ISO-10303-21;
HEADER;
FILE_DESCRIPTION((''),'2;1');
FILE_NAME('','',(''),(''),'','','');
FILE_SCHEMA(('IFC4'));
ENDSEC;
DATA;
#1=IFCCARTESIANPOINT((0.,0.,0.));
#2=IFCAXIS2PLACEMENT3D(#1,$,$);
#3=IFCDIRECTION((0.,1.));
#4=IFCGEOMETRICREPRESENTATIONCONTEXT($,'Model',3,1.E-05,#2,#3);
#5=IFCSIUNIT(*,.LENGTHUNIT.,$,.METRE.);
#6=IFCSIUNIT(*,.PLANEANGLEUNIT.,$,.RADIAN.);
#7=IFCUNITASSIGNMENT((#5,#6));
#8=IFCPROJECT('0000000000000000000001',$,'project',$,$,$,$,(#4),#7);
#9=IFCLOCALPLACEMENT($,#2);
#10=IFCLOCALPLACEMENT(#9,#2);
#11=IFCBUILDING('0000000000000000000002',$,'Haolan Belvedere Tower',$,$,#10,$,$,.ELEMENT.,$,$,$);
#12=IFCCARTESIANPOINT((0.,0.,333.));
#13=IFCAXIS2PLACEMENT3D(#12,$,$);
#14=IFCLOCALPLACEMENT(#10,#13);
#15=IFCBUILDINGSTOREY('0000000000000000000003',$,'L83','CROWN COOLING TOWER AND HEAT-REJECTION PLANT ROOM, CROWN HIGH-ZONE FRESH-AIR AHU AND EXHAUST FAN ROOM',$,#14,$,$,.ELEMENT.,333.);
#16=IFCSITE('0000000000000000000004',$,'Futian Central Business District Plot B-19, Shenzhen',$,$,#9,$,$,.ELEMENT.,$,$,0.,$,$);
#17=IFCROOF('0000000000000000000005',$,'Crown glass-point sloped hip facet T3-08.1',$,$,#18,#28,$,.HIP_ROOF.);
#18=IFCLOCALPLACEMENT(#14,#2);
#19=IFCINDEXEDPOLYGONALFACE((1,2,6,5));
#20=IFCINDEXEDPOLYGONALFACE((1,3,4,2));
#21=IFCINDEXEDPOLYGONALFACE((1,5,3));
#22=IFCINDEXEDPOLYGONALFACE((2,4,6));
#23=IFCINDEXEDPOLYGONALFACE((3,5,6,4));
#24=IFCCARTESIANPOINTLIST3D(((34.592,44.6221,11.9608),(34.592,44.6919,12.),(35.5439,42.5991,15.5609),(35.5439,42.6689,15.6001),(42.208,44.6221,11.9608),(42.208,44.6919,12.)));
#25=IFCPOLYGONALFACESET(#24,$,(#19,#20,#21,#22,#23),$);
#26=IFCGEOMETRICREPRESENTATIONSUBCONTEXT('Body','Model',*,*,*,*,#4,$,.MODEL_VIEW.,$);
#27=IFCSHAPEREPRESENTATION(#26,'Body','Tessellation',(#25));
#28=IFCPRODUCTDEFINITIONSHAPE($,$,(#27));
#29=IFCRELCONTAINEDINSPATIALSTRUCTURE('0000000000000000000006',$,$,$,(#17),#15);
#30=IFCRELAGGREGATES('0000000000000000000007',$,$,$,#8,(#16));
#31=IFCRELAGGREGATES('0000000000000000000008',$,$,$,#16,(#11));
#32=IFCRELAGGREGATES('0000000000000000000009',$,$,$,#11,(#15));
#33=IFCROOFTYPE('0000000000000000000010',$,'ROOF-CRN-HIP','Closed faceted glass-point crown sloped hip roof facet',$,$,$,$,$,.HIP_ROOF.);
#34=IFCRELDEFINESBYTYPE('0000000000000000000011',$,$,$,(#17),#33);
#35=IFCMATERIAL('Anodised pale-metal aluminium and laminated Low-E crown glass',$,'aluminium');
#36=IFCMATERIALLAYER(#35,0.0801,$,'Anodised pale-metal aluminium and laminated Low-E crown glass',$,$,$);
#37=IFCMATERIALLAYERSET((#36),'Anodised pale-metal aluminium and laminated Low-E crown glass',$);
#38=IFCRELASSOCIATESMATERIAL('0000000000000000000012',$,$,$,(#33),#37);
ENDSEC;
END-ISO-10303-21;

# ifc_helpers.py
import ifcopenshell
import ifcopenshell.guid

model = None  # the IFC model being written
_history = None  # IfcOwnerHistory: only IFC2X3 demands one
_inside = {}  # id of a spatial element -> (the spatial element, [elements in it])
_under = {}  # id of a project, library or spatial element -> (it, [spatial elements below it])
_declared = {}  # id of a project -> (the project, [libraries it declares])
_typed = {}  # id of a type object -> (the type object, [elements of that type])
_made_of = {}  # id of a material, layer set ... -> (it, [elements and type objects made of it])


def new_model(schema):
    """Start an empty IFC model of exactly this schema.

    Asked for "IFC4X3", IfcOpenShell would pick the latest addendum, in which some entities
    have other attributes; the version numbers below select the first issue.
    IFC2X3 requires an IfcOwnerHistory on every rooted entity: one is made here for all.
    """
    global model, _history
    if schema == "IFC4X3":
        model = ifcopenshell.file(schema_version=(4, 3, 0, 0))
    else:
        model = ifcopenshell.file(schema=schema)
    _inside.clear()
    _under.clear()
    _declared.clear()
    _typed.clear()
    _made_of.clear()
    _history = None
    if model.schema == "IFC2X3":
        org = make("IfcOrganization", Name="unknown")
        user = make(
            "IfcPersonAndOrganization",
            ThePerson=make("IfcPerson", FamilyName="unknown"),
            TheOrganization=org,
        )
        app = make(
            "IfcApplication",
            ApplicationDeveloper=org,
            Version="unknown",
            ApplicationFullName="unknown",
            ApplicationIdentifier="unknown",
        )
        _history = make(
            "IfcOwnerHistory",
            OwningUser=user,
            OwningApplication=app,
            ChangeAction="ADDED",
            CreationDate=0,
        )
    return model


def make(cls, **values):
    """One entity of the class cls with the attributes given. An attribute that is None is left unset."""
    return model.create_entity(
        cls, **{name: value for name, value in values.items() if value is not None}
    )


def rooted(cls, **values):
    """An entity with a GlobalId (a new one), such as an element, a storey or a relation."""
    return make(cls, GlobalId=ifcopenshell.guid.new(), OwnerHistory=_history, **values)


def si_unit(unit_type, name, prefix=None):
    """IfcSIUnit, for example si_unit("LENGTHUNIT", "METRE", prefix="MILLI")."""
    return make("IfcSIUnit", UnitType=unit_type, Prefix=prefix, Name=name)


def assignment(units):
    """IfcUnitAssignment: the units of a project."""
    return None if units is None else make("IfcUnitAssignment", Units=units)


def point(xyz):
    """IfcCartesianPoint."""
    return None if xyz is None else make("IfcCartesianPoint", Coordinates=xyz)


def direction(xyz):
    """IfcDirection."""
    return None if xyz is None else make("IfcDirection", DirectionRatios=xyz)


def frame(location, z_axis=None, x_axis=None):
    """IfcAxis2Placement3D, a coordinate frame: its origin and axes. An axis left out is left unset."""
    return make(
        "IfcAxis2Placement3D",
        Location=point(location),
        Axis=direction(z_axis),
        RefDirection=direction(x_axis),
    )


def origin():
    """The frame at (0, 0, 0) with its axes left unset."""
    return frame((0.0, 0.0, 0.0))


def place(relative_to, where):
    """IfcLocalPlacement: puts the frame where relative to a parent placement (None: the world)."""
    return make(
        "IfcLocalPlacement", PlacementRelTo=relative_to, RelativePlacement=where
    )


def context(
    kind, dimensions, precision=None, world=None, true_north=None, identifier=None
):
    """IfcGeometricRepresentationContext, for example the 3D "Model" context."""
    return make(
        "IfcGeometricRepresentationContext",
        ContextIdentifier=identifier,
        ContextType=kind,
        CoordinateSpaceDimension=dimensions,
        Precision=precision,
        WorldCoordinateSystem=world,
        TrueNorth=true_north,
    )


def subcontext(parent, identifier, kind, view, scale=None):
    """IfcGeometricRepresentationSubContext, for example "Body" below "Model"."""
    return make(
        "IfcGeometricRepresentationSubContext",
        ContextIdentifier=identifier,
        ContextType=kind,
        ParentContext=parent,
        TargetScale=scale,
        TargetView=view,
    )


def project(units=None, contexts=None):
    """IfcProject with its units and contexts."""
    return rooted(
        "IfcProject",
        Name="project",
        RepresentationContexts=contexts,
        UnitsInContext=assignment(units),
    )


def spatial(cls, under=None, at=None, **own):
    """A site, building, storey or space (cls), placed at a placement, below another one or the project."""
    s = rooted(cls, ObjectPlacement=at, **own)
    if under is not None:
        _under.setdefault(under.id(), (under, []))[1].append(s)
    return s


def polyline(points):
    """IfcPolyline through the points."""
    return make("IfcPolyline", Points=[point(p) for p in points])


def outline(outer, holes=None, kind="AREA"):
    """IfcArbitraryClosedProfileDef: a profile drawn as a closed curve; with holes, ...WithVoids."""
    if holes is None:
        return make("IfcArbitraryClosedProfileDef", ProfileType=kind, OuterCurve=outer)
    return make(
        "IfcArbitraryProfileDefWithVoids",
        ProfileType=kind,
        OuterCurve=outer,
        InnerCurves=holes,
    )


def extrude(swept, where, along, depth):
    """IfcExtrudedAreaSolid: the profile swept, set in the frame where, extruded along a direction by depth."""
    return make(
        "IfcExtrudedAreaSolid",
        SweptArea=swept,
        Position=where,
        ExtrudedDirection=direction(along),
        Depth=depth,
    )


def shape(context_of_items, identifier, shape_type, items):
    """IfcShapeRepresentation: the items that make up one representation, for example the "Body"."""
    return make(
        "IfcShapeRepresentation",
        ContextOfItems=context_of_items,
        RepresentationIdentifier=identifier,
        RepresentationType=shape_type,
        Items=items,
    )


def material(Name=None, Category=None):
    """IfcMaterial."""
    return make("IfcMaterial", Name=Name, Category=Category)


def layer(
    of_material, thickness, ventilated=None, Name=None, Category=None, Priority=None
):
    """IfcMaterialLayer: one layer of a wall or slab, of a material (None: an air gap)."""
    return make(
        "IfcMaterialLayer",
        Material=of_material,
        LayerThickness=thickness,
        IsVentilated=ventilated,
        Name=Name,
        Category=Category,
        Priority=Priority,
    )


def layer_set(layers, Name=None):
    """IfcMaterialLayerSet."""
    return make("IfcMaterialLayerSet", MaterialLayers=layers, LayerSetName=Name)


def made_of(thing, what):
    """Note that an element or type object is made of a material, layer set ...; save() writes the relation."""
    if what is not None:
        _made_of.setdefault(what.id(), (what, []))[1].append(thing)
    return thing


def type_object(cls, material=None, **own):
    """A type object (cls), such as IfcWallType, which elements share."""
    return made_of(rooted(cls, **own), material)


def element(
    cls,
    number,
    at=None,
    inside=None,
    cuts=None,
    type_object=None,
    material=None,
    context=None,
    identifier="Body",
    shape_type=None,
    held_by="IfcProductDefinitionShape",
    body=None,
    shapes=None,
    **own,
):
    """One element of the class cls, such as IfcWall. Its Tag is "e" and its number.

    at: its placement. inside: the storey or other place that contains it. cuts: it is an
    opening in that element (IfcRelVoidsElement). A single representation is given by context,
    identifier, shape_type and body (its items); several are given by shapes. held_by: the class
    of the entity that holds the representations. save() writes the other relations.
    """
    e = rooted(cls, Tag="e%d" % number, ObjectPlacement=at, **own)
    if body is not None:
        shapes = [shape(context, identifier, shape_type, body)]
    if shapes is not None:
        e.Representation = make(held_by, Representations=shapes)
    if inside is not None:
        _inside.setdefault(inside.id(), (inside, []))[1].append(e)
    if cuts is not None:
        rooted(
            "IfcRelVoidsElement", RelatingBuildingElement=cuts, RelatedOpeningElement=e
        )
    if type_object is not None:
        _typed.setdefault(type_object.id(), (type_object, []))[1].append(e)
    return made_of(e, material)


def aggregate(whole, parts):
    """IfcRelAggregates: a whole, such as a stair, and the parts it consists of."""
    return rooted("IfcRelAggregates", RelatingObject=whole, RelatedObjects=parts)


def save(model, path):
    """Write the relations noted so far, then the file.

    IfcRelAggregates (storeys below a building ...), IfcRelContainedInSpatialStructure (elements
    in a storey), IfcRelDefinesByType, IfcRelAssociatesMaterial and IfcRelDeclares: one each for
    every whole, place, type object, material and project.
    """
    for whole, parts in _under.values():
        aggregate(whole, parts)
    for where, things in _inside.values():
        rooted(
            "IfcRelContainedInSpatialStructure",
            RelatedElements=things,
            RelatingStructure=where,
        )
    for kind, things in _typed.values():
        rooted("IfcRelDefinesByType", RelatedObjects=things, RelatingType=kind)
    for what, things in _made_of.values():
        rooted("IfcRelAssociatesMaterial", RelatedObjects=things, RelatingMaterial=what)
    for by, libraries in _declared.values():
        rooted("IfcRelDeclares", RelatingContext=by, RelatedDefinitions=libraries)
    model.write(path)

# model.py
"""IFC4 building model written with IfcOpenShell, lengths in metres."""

from ifc_helpers import new_model, si_unit, direction, frame, origin, place, context, subcontext, project, spatial, polyline, outline, extrude, material, layer, layer_set, type_object, element, save


model = new_model("IFC4")

# Units and contexts
model_context = context("Model", 3, precision=1e-05, world=origin(), true_north=direction((0.0, 1.0)))
body_context = subcontext(model_context, "Body", "Model", "MODEL_VIEW")
ifc_project = project(units=[si_unit("LENGTHUNIT", "METRE"), si_unit("PLANEANGLEUNIT", "RADIAN")], contexts=[model_context])

# Site, building, storey
site_placement = place(None, origin())
site = spatial("IfcSite", under=ifc_project, at=site_placement, Name="Futian Central Business District Plot B-19, Shenzhen", CompositionType="ELEMENT", RefElevation=0.0)
building_placement = place(site_placement, origin())
building = spatial("IfcBuilding", under=site, at=building_placement, Name="Haolan Belvedere Tower", CompositionType="ELEMENT")
storey_placement = place(building_placement, frame((0.0, 0.0, 333.0)))
storey = spatial("IfcBuildingStorey", under=building, at=storey_placement, Name="L83", Description="CROWN COOLING TOWER AND HEAT-REJECTION PLANT ROOM, CROWN HIGH-ZONE FRESH-AIR AHU AND EXHAUST FAN ROOM", CompositionType="ELEMENT", Elevation=333.0)

# Roof
ifc_material_1 = material(Name="Anodised pale-metal aluminium and laminated Low-E crown glass", Category="aluminium")
ifc_layer_1 = layer(ifc_material_1, 0.0801, Name="Anodised pale-metal aluminium and laminated Low-E crown glass")
ifc_layer_set_1 = layer_set([ifc_layer_1], Name="Anodised pale-metal aluminium and laminated Low-E crown glass")
roof_type_1 = type_object("IfcRoofType", Name="ROOF-CRN-HIP", Description="Closed faceted glass-point crown sloped hip roof facet", PredefinedType="HIP_ROOF", material=ifc_layer_set_1)
roof_1_placement = place(storey_placement, frame((42.208, 44.6919, 12.0), z_axis=(0.0, 0.871793, 0.489874), x_axis=(-1.0, 0.0, 0.0)))
element("IfcRoof", 1, at=roof_1_placement, inside=storey, type_object=roof_type_1, Name="Crown glass-point sloped hip facet T3-08.1", PredefinedType="HIP_ROOF", context=body_context, shape_type="SweptSolid", body=[
    extrude(outline(polyline([(0.0, 0.0), (7.616, 0.0), (6.6641, 4.1295), (0.0, 0.0)])), origin(), (0.0, 0.0, -1.0), 0.0801),
])

save(model, "model.ifc")
